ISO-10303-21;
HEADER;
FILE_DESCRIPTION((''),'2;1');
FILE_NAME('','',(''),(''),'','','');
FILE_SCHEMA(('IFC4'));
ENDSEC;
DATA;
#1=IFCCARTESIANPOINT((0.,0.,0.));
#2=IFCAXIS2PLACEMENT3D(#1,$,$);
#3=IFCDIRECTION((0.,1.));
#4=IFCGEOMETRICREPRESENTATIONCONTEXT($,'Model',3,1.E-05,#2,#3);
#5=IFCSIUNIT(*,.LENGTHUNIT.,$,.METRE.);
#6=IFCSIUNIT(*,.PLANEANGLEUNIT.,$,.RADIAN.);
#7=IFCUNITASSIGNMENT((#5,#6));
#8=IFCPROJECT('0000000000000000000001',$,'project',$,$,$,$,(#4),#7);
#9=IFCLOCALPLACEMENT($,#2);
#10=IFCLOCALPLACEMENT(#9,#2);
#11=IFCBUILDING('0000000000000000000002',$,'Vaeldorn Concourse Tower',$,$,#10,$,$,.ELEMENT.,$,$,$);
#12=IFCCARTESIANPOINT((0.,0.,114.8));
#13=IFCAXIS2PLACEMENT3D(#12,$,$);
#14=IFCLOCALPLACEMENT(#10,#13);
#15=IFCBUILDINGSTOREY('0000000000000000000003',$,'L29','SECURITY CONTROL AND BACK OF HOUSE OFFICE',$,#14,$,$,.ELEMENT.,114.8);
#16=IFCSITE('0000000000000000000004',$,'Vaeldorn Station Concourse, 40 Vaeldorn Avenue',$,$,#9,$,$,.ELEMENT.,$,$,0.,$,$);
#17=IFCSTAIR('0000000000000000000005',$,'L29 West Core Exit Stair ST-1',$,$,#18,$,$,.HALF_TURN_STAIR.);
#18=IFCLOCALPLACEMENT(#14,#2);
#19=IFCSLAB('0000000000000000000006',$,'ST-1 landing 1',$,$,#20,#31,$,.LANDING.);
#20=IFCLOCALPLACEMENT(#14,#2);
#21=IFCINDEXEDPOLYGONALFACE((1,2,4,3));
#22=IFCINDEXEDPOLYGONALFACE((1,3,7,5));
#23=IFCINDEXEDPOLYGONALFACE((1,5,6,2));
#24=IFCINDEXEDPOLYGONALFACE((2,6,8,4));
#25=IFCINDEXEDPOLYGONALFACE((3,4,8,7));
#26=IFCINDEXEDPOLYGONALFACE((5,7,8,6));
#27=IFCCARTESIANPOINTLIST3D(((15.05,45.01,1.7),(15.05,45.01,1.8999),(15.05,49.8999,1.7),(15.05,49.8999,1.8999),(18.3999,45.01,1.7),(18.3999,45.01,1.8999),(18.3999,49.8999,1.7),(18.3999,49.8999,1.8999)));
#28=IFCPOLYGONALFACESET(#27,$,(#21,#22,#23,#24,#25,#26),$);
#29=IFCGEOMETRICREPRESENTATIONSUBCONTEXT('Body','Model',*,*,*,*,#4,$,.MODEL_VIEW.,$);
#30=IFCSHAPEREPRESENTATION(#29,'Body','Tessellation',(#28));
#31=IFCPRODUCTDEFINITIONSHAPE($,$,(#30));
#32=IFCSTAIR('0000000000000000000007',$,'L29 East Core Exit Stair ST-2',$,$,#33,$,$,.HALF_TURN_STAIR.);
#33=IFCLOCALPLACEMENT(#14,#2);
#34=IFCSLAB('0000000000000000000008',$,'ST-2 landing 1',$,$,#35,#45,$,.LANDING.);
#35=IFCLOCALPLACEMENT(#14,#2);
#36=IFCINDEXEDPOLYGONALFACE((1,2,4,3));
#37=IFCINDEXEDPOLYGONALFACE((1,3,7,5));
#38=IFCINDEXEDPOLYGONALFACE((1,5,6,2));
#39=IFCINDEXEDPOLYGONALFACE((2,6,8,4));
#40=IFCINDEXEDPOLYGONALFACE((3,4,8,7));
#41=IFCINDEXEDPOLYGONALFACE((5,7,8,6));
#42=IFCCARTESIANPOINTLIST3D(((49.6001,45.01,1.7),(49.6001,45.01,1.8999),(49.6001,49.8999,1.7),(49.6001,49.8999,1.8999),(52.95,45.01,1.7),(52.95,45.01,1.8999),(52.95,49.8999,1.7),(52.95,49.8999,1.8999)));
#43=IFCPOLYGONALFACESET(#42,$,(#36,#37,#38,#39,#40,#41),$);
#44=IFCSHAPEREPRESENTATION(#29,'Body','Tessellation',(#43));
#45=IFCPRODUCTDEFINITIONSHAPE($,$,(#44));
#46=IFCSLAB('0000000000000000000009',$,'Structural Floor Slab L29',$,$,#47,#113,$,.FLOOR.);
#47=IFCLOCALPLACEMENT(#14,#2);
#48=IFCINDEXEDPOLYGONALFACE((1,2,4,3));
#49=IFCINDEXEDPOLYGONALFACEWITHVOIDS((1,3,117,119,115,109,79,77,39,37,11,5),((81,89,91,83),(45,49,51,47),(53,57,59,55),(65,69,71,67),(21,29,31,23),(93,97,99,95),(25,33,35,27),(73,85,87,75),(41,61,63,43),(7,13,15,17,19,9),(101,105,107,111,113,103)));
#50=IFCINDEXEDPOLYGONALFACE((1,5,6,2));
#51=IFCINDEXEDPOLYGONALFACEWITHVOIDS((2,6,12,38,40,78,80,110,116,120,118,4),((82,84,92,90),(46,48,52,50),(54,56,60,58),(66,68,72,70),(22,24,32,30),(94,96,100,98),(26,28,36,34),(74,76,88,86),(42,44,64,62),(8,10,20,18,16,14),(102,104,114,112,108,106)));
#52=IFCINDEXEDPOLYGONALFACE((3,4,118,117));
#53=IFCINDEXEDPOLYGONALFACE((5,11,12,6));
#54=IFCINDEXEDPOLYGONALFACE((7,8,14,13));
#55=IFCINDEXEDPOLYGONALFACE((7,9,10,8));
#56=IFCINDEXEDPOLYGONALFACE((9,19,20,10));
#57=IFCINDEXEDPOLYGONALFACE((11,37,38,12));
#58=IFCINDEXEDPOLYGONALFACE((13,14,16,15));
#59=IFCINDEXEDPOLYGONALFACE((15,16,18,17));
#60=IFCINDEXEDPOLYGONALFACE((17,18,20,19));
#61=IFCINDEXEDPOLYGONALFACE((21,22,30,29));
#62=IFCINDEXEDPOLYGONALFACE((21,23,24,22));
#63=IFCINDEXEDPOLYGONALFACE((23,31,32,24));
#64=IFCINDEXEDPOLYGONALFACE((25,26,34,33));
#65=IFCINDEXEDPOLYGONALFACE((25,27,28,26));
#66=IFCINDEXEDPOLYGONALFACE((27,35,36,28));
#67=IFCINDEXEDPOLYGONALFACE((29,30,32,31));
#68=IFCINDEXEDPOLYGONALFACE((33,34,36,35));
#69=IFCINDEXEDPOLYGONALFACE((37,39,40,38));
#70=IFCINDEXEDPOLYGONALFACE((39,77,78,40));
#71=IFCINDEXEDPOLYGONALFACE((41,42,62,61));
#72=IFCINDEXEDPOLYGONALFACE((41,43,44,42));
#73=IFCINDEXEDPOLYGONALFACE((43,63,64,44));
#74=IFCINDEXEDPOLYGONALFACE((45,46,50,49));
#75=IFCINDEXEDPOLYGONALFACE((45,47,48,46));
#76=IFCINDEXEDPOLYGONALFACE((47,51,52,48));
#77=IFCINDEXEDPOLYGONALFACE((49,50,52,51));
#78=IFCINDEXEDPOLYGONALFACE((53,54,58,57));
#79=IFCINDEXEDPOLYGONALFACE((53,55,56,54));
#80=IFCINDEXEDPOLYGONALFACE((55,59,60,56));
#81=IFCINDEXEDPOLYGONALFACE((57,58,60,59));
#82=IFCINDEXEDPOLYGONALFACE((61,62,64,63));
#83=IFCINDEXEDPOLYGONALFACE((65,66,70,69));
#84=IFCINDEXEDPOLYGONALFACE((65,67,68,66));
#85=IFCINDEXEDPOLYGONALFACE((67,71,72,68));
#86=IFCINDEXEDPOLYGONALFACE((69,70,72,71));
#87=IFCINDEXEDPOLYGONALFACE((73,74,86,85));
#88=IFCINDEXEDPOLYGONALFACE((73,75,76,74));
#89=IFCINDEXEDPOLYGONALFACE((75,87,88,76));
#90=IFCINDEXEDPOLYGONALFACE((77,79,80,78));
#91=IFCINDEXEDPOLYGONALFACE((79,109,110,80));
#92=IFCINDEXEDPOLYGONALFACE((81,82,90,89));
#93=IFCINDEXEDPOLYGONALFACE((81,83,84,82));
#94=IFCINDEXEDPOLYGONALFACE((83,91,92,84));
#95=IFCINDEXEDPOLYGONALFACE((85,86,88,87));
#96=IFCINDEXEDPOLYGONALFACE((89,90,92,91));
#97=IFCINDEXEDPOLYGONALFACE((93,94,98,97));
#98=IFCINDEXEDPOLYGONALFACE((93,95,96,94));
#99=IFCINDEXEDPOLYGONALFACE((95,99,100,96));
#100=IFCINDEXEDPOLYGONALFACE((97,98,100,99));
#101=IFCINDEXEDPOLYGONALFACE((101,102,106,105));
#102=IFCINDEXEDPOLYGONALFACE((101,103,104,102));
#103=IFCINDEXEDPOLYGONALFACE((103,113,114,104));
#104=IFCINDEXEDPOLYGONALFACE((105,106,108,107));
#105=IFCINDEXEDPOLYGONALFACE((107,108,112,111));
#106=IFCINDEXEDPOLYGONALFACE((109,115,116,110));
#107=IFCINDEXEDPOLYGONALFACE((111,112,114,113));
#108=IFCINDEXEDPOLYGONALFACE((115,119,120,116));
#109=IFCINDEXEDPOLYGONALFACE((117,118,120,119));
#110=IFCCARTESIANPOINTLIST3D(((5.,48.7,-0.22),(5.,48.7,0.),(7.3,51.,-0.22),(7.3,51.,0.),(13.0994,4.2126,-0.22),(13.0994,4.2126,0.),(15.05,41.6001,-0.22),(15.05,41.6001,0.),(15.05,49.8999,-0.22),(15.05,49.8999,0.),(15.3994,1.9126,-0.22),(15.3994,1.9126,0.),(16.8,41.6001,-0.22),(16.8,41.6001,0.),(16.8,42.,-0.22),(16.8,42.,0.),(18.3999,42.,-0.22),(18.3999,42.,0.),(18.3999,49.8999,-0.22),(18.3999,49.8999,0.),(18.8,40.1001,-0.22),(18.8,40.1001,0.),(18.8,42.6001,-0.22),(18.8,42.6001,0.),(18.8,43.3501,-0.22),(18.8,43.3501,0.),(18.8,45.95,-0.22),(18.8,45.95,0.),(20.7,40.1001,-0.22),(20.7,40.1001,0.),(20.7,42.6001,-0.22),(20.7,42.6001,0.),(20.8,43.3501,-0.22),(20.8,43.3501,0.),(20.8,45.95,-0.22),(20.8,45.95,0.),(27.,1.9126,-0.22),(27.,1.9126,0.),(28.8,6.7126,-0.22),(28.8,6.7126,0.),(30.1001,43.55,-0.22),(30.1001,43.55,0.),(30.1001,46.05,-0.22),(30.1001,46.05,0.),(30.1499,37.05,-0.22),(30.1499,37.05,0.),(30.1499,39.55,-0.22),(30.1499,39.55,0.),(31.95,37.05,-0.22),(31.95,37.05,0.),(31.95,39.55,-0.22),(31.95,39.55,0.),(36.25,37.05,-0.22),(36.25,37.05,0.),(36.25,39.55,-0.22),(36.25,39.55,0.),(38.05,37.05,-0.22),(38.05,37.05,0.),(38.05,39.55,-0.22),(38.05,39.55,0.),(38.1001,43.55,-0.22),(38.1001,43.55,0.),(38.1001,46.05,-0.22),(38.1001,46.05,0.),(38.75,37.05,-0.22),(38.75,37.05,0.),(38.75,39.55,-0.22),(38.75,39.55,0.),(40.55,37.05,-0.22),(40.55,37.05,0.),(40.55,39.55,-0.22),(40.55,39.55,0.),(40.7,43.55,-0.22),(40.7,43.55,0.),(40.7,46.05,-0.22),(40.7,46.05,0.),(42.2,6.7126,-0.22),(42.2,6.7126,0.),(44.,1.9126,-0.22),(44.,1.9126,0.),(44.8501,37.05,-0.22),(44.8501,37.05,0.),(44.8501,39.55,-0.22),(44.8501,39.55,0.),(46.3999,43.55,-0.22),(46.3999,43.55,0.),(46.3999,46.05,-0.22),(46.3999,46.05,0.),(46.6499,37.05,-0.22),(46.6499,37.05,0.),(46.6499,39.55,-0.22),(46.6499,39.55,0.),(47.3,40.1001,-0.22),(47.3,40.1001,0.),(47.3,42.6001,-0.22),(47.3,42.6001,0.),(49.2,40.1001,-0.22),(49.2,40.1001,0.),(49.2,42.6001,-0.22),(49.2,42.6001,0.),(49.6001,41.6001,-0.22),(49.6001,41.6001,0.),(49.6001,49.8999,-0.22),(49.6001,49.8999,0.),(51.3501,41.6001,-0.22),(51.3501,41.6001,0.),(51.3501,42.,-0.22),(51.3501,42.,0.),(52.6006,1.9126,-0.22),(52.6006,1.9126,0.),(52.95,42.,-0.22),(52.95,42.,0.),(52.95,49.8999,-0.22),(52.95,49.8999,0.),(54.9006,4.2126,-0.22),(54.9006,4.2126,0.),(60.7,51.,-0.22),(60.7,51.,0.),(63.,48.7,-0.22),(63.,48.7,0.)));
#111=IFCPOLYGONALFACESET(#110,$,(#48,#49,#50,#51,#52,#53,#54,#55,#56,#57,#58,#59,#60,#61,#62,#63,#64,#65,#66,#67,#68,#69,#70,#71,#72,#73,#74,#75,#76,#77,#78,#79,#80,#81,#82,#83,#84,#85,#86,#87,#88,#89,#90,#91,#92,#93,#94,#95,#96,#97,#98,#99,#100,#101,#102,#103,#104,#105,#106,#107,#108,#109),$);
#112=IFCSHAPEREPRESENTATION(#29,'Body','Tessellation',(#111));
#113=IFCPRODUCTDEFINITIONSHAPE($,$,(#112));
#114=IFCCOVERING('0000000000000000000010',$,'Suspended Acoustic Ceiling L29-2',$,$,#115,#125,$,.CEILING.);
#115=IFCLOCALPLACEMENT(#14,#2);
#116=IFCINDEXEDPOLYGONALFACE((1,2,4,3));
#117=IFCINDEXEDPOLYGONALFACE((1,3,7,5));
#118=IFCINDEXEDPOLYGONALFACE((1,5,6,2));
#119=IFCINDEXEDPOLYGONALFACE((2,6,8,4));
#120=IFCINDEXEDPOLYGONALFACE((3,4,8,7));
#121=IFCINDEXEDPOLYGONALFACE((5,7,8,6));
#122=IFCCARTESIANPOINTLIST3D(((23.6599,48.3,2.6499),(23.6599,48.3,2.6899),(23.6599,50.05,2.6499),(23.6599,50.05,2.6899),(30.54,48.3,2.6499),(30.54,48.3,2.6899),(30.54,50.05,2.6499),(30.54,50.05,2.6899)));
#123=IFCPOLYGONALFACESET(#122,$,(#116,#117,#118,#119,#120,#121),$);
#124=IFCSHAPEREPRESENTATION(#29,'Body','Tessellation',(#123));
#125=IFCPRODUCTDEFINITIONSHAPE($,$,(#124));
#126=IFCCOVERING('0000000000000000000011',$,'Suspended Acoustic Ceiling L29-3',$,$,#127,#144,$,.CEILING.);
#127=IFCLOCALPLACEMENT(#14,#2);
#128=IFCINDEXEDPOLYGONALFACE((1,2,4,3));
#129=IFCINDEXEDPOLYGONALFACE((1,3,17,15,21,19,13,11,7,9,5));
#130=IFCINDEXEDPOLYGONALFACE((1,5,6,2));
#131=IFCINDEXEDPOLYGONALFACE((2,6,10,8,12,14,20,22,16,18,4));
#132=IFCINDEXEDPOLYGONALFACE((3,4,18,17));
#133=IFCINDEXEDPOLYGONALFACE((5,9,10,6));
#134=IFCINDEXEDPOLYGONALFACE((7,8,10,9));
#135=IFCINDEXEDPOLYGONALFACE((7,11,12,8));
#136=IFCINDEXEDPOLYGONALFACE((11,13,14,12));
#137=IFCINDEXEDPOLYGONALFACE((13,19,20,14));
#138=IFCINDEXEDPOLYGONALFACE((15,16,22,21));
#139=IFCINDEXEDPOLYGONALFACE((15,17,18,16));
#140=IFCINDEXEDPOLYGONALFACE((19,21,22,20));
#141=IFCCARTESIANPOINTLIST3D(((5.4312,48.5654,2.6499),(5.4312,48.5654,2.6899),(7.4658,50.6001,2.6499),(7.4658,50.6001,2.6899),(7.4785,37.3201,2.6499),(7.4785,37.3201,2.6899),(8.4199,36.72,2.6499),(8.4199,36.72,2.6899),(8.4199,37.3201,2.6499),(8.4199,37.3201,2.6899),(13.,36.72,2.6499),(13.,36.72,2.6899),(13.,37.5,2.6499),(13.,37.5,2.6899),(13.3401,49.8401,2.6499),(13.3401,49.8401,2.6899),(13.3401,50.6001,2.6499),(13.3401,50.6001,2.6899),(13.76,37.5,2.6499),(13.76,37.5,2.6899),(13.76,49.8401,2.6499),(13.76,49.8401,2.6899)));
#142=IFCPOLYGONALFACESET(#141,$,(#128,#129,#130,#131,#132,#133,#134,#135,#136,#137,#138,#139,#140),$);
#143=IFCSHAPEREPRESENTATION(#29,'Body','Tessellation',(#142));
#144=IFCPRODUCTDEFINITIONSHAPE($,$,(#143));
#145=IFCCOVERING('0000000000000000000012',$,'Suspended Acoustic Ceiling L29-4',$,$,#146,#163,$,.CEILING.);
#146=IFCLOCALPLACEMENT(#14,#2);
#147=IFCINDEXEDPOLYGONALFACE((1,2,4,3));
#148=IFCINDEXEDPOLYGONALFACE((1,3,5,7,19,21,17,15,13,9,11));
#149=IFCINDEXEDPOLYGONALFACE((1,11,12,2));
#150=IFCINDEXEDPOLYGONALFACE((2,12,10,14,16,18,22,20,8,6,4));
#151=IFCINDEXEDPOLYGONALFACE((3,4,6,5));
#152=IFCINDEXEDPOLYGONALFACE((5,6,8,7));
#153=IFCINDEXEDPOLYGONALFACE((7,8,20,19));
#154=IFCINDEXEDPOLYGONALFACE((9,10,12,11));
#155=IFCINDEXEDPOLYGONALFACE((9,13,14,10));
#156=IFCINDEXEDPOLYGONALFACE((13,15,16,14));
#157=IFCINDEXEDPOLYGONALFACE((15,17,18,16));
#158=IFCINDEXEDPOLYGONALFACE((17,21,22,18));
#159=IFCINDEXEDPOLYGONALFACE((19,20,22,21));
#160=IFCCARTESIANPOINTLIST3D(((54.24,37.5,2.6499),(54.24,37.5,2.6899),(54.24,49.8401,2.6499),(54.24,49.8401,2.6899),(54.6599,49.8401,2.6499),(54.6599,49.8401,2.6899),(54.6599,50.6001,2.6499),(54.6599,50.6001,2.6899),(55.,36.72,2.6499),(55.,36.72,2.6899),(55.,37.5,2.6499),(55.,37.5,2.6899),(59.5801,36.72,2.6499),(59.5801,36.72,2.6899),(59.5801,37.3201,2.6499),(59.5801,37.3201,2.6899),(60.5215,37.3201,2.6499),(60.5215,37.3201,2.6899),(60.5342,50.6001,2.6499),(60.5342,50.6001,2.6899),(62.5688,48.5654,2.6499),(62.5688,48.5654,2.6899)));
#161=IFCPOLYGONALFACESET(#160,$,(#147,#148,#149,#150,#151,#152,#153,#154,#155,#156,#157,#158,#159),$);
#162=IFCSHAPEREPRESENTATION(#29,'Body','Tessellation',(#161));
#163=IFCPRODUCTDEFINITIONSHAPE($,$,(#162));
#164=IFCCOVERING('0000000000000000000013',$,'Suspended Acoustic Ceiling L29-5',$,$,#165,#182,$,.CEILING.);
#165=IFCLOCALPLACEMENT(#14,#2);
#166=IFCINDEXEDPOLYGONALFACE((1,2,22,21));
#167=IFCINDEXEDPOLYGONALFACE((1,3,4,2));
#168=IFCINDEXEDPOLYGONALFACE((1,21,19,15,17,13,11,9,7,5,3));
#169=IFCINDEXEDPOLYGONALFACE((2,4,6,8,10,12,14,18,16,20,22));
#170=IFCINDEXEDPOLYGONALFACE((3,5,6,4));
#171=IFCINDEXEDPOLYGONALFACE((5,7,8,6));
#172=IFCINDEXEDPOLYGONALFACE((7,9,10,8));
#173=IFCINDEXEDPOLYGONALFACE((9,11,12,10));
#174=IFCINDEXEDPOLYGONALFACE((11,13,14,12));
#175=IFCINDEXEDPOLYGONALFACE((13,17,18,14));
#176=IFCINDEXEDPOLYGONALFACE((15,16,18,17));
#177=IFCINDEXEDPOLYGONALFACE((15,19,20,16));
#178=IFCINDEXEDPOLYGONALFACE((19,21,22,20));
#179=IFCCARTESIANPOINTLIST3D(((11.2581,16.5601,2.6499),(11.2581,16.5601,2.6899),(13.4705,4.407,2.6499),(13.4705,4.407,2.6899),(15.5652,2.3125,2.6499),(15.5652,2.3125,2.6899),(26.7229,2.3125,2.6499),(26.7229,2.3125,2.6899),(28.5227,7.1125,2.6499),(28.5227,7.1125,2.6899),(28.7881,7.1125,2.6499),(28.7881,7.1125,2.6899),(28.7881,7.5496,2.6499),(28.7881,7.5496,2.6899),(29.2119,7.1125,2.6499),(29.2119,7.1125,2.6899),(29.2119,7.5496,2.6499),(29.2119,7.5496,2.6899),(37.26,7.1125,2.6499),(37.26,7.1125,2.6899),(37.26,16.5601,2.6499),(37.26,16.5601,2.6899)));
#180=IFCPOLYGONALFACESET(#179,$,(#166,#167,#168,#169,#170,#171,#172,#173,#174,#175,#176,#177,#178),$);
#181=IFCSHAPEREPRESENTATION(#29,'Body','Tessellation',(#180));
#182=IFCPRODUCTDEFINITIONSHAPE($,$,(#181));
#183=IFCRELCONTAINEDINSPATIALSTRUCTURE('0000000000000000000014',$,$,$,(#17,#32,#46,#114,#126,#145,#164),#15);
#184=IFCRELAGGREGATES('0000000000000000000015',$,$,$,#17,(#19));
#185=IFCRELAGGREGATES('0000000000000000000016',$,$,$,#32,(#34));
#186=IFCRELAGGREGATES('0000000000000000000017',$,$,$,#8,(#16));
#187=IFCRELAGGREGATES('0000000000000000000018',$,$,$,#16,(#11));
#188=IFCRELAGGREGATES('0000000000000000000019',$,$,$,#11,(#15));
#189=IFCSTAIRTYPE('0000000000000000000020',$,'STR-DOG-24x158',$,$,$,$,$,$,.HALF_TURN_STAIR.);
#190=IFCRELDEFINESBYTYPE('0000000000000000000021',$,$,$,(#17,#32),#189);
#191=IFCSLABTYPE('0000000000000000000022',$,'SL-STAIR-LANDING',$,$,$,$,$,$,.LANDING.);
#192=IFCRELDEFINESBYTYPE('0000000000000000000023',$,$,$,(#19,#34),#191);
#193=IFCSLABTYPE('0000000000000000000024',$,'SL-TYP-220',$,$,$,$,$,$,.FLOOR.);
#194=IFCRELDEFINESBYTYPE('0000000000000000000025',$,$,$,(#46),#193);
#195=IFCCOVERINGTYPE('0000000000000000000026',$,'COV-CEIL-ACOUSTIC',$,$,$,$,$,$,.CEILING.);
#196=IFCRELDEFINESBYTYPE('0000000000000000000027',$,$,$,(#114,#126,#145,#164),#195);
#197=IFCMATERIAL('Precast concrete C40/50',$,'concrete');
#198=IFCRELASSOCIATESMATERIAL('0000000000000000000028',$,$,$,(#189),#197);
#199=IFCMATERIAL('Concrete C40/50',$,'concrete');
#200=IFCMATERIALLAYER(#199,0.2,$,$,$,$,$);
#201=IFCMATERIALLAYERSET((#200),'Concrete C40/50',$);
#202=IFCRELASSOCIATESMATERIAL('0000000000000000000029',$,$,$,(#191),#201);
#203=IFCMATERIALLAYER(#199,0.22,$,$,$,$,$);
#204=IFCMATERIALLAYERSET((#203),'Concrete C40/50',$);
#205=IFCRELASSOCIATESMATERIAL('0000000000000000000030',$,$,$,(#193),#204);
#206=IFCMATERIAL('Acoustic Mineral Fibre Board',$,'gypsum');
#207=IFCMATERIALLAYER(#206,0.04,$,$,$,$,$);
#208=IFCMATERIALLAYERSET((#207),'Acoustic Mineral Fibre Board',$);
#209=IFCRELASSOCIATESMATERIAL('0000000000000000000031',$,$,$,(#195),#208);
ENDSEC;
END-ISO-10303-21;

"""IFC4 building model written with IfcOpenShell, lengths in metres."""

from ifc_helpers import new_model, si_unit, direction, frame, origin, place, context, subcontext, project, spatial, polyline, outline, extrude, material, layer, layer_set, type_object, element, aggregate, save


model = new_model("IFC4")

# Units and contexts
model_context = context("Model", 3, precision=1e-05, world=origin(), true_north=direction((0.0, 1.0)))
body_context = subcontext(model_context, "Body", "Model", "MODEL_VIEW")
ifc_project = project(units=[si_unit("LENGTHUNIT", "METRE"), si_unit("PLANEANGLEUNIT", "RADIAN")], contexts=[model_context])

# Site, building, storey
site_placement = place(None, origin())
site = spatial("IfcSite", under=ifc_project, at=site_placement, Name="Vaeldorn Station Concourse, 40 Vaeldorn Avenue", CompositionType="ELEMENT", RefElevation=0.0)
building_placement = place(site_placement, origin())
building = spatial("IfcBuilding", under=site, at=building_placement, Name="Vaeldorn Concourse Tower", CompositionType="ELEMENT")
storey_placement = place(building_placement, frame((0.0, 0.0, 114.8)))
storey = spatial("IfcBuildingStorey", under=building, at=storey_placement, Name="L29", Description="SECURITY CONTROL AND BACK OF HOUSE OFFICE", CompositionType="ELEMENT", Elevation=114.8)

# Stairs, slabs
ifc_material_1 = material(Name="Precast concrete C40/50", Category="concrete")
stair_type = type_object("IfcStairType", Name="STR-DOG-24x158", PredefinedType="HALF_TURN_STAIR", material=ifc_material_1)
stair_1_placement = place(storey_placement, origin())
stair_1 = element("IfcStair", 1, at=stair_1_placement, inside=storey, type_object=stair_type, Name="L29 West Core Exit Stair ST-1", PredefinedType="HALF_TURN_STAIR")
ifc_material_2 = material(Name="Concrete C40/50", Category="concrete")
ifc_layer_1 = layer(ifc_material_2, 0.2)
ifc_layer_set_1 = layer_set([ifc_layer_1], Name="Concrete C40/50")
slab_type_1 = type_object("IfcSlabType", Name="SL-STAIR-LANDING", PredefinedType="LANDING", material=ifc_layer_set_1)
slab_1_placement = place(storey_placement, frame((0.0, 0.0, 1.7)))
slab_1 = element("IfcSlab", 2, at=slab_1_placement, type_object=slab_type_1, Name="ST-1 landing 1", PredefinedType="LANDING", context=body_context, shape_type="SweptSolid", body=[
    extrude(outline(polyline([(18.3999, 45.01), (18.3999, 49.8999), (15.05, 49.8999), (15.05, 45.01), (18.3999, 45.01)])), origin(), (0.0, 0.0, 1.0), 0.2),
])
aggregate(stair_1, [slab_1])
stair_2_placement = place(storey_placement, origin())
stair_2 = element("IfcStair", 3, at=stair_2_placement, inside=storey, type_object=stair_type, Name="L29 East Core Exit Stair ST-2", PredefinedType="HALF_TURN_STAIR")
slab_2_placement = place(storey_placement, frame((0.0, 0.0, 1.7)))
slab_2 = element("IfcSlab", 4, at=slab_2_placement, type_object=slab_type_1, Name="ST-2 landing 1", PredefinedType="LANDING", context=body_context, shape_type="SweptSolid", body=[
    extrude(outline(polyline([(52.95, 45.01), (52.95, 49.8999), (49.6001, 49.8999), (49.6001, 45.01), (52.95, 45.01)])), origin(), (0.0, 0.0, 1.0), 0.2),
])
aggregate(stair_2, [slab_2])

# Slab
ifc_layer_2 = layer(ifc_material_2, 0.22)
ifc_layer_set_2 = layer_set([ifc_layer_2], Name="Concrete C40/50")
slab_type_2 = type_object("IfcSlabType", Name="SL-TYP-220", PredefinedType="FLOOR", material=ifc_layer_set_2)
slab_3_placement = place(storey_placement, frame((0.0, 0.0, -0.22)))
element("IfcSlab", 5, at=slab_3_placement, inside=storey, type_object=slab_type_2, Name="Structural Floor Slab L29", PredefinedType="FLOOR", context=body_context, shape_type="SweptSolid", body=[
    extrude(outline(polyline([(15.3994, 1.9126), (27.0, 1.9126), (28.8, 6.7126), (42.2, 6.7126), (44.0, 1.9126), (52.6006, 1.9126), (54.9006, 4.2126), (63.0, 48.7), (60.7, 51.0), (7.3, 51.0), (5.0, 48.7), (13.0994, 4.2126), (15.3994, 1.9126)]), holes=[polyline([(18.3999, 42.0), (18.3999, 49.8999), (15.05, 49.8999), (15.05, 41.6001), (16.8, 41.6001), (16.8, 42.0), (18.3999, 42.0)]), polyline([(52.95, 42.0), (52.95, 49.8999), (49.6001, 49.8999), (49.6001, 41.6001), (51.3501, 41.6001), (51.3501, 42.0), (52.95, 42.0)]), polyline([(30.1499, 37.05), (31.95, 37.05), (31.95, 39.55), (30.1499, 39.55), (30.1499, 37.05)]), polyline([(36.25, 37.05), (38.05, 37.05), (38.05, 39.55), (36.25, 39.55), (36.25, 37.05)]), polyline([(30.1001, 43.55), (38.1001, 43.55), (38.1001, 46.05), (30.1001, 46.05), (30.1001, 43.55)]), polyline([(38.75, 37.05), (40.55, 37.05), (40.55, 39.55), (38.75, 39.55), (38.75, 37.05)]), polyline([(44.8501, 37.05), (46.6499, 37.05), (46.6499, 39.55), (44.8501, 39.55), (44.8501, 37.05)]), polyline([(40.7, 43.55), (46.3999, 43.55), (46.3999, 46.05), (40.7, 46.05), (40.7, 43.55)]), polyline([(18.8, 43.3501), (20.8, 43.3501), (20.8, 45.95), (18.8, 45.95), (18.8, 43.3501)]), polyline([(18.8, 40.1001), (20.7, 40.1001), (20.7, 42.6001), (18.8, 42.6001), (18.8, 40.1001)]), polyline([(47.3, 40.1001), (49.2, 40.1001), (49.2, 42.6001), (47.3, 42.6001), (47.3, 40.1001)])]), origin(), (0.0, 0.0, 1.0), 0.22),
])

# Coverings
ifc_material_3 = material(Name="Acoustic Mineral Fibre Board", Category="gypsum")
ifc_layer_3 = layer(ifc_material_3, 0.04)
ifc_layer_set_3 = layer_set([ifc_layer_3], Name="Acoustic Mineral Fibre Board")
covering_type_1 = type_object("IfcCoveringType", Name="COV-CEIL-ACOUSTIC", PredefinedType="CEILING", material=ifc_layer_set_3)
covering_1_placement = place(storey_placement, frame((0.0, 0.0, 2.6499)))
element("IfcCovering", 6, at=covering_1_placement, inside=storey, type_object=covering_type_1, Name="Suspended Acoustic Ceiling L29-2", PredefinedType="CEILING", context=body_context, shape_type="SweptSolid", body=[
    extrude(outline(polyline([(30.54, 50.05), (30.54, 48.3), (23.6599, 48.3), (23.6599, 50.05), (30.54, 50.05)])), origin(), (0.0, 0.0, 1.0), 0.04),
])
covering_2_placement = place(storey_placement, frame((0.0, 0.0, 2.6499)))
element("IfcCovering", 7, at=covering_2_placement, inside=storey, type_object=covering_type_1, Name="Suspended Acoustic Ceiling L29-3", PredefinedType="CEILING", context=body_context, shape_type="SweptSolid", body=[
    extrude(outline(polyline([(7.4658, 50.6001), (13.3401, 50.6001), (13.3401, 49.8401), (13.76, 49.8401), (13.76, 37.5), (13.0, 37.5), (13.0, 36.72), (8.4199, 36.72), (8.4199, 37.3201), (7.4785, 37.3201), (5.4312, 48.5654), (7.4658, 50.6001)])), origin(), (0.0, 0.0, 1.0), 0.04),
])
covering_3_placement = place(storey_placement, frame((0.0, 0.0, 2.6499)))
element("IfcCovering", 8, at=covering_3_placement, inside=storey, type_object=covering_type_1, Name="Suspended Acoustic Ceiling L29-4", PredefinedType="CEILING", context=body_context, shape_type="SweptSolid", body=[
    extrude(outline(polyline([(54.6599, 49.8401), (54.6599, 50.6001), (60.5342, 50.6001), (62.5688, 48.5654), (60.5215, 37.3201), (59.5801, 37.3201), (59.5801, 36.72), (55.0, 36.72), (55.0, 37.5), (54.24, 37.5), (54.24, 49.8401), (54.6599, 49.8401)])), origin(), (0.0, 0.0, 1.0), 0.04),
])
covering_4_placement = place(storey_placement, frame((0.0, 0.0, 2.6499)))
element("IfcCovering", 9, at=covering_4_placement, inside=storey, type_object=covering_type_1, Name="Suspended Acoustic Ceiling L29-5", PredefinedType="CEILING", context=body_context, shape_type="SweptSolid", body=[
    extrude(outline(polyline([(37.26, 16.5601), (37.26, 7.1125), (29.2119, 7.1125), (29.2119, 7.5496), (28.7881, 7.5496), (28.7881, 7.1125), (28.5227, 7.1125), (26.7229, 2.3125), (15.5652, 2.3125), (13.4705, 4.407), (11.2581, 16.5601), (37.26, 16.5601)])), origin(), (0.0, 0.0, 1.0), 0.04),
])

save(model, "model.ifc")
